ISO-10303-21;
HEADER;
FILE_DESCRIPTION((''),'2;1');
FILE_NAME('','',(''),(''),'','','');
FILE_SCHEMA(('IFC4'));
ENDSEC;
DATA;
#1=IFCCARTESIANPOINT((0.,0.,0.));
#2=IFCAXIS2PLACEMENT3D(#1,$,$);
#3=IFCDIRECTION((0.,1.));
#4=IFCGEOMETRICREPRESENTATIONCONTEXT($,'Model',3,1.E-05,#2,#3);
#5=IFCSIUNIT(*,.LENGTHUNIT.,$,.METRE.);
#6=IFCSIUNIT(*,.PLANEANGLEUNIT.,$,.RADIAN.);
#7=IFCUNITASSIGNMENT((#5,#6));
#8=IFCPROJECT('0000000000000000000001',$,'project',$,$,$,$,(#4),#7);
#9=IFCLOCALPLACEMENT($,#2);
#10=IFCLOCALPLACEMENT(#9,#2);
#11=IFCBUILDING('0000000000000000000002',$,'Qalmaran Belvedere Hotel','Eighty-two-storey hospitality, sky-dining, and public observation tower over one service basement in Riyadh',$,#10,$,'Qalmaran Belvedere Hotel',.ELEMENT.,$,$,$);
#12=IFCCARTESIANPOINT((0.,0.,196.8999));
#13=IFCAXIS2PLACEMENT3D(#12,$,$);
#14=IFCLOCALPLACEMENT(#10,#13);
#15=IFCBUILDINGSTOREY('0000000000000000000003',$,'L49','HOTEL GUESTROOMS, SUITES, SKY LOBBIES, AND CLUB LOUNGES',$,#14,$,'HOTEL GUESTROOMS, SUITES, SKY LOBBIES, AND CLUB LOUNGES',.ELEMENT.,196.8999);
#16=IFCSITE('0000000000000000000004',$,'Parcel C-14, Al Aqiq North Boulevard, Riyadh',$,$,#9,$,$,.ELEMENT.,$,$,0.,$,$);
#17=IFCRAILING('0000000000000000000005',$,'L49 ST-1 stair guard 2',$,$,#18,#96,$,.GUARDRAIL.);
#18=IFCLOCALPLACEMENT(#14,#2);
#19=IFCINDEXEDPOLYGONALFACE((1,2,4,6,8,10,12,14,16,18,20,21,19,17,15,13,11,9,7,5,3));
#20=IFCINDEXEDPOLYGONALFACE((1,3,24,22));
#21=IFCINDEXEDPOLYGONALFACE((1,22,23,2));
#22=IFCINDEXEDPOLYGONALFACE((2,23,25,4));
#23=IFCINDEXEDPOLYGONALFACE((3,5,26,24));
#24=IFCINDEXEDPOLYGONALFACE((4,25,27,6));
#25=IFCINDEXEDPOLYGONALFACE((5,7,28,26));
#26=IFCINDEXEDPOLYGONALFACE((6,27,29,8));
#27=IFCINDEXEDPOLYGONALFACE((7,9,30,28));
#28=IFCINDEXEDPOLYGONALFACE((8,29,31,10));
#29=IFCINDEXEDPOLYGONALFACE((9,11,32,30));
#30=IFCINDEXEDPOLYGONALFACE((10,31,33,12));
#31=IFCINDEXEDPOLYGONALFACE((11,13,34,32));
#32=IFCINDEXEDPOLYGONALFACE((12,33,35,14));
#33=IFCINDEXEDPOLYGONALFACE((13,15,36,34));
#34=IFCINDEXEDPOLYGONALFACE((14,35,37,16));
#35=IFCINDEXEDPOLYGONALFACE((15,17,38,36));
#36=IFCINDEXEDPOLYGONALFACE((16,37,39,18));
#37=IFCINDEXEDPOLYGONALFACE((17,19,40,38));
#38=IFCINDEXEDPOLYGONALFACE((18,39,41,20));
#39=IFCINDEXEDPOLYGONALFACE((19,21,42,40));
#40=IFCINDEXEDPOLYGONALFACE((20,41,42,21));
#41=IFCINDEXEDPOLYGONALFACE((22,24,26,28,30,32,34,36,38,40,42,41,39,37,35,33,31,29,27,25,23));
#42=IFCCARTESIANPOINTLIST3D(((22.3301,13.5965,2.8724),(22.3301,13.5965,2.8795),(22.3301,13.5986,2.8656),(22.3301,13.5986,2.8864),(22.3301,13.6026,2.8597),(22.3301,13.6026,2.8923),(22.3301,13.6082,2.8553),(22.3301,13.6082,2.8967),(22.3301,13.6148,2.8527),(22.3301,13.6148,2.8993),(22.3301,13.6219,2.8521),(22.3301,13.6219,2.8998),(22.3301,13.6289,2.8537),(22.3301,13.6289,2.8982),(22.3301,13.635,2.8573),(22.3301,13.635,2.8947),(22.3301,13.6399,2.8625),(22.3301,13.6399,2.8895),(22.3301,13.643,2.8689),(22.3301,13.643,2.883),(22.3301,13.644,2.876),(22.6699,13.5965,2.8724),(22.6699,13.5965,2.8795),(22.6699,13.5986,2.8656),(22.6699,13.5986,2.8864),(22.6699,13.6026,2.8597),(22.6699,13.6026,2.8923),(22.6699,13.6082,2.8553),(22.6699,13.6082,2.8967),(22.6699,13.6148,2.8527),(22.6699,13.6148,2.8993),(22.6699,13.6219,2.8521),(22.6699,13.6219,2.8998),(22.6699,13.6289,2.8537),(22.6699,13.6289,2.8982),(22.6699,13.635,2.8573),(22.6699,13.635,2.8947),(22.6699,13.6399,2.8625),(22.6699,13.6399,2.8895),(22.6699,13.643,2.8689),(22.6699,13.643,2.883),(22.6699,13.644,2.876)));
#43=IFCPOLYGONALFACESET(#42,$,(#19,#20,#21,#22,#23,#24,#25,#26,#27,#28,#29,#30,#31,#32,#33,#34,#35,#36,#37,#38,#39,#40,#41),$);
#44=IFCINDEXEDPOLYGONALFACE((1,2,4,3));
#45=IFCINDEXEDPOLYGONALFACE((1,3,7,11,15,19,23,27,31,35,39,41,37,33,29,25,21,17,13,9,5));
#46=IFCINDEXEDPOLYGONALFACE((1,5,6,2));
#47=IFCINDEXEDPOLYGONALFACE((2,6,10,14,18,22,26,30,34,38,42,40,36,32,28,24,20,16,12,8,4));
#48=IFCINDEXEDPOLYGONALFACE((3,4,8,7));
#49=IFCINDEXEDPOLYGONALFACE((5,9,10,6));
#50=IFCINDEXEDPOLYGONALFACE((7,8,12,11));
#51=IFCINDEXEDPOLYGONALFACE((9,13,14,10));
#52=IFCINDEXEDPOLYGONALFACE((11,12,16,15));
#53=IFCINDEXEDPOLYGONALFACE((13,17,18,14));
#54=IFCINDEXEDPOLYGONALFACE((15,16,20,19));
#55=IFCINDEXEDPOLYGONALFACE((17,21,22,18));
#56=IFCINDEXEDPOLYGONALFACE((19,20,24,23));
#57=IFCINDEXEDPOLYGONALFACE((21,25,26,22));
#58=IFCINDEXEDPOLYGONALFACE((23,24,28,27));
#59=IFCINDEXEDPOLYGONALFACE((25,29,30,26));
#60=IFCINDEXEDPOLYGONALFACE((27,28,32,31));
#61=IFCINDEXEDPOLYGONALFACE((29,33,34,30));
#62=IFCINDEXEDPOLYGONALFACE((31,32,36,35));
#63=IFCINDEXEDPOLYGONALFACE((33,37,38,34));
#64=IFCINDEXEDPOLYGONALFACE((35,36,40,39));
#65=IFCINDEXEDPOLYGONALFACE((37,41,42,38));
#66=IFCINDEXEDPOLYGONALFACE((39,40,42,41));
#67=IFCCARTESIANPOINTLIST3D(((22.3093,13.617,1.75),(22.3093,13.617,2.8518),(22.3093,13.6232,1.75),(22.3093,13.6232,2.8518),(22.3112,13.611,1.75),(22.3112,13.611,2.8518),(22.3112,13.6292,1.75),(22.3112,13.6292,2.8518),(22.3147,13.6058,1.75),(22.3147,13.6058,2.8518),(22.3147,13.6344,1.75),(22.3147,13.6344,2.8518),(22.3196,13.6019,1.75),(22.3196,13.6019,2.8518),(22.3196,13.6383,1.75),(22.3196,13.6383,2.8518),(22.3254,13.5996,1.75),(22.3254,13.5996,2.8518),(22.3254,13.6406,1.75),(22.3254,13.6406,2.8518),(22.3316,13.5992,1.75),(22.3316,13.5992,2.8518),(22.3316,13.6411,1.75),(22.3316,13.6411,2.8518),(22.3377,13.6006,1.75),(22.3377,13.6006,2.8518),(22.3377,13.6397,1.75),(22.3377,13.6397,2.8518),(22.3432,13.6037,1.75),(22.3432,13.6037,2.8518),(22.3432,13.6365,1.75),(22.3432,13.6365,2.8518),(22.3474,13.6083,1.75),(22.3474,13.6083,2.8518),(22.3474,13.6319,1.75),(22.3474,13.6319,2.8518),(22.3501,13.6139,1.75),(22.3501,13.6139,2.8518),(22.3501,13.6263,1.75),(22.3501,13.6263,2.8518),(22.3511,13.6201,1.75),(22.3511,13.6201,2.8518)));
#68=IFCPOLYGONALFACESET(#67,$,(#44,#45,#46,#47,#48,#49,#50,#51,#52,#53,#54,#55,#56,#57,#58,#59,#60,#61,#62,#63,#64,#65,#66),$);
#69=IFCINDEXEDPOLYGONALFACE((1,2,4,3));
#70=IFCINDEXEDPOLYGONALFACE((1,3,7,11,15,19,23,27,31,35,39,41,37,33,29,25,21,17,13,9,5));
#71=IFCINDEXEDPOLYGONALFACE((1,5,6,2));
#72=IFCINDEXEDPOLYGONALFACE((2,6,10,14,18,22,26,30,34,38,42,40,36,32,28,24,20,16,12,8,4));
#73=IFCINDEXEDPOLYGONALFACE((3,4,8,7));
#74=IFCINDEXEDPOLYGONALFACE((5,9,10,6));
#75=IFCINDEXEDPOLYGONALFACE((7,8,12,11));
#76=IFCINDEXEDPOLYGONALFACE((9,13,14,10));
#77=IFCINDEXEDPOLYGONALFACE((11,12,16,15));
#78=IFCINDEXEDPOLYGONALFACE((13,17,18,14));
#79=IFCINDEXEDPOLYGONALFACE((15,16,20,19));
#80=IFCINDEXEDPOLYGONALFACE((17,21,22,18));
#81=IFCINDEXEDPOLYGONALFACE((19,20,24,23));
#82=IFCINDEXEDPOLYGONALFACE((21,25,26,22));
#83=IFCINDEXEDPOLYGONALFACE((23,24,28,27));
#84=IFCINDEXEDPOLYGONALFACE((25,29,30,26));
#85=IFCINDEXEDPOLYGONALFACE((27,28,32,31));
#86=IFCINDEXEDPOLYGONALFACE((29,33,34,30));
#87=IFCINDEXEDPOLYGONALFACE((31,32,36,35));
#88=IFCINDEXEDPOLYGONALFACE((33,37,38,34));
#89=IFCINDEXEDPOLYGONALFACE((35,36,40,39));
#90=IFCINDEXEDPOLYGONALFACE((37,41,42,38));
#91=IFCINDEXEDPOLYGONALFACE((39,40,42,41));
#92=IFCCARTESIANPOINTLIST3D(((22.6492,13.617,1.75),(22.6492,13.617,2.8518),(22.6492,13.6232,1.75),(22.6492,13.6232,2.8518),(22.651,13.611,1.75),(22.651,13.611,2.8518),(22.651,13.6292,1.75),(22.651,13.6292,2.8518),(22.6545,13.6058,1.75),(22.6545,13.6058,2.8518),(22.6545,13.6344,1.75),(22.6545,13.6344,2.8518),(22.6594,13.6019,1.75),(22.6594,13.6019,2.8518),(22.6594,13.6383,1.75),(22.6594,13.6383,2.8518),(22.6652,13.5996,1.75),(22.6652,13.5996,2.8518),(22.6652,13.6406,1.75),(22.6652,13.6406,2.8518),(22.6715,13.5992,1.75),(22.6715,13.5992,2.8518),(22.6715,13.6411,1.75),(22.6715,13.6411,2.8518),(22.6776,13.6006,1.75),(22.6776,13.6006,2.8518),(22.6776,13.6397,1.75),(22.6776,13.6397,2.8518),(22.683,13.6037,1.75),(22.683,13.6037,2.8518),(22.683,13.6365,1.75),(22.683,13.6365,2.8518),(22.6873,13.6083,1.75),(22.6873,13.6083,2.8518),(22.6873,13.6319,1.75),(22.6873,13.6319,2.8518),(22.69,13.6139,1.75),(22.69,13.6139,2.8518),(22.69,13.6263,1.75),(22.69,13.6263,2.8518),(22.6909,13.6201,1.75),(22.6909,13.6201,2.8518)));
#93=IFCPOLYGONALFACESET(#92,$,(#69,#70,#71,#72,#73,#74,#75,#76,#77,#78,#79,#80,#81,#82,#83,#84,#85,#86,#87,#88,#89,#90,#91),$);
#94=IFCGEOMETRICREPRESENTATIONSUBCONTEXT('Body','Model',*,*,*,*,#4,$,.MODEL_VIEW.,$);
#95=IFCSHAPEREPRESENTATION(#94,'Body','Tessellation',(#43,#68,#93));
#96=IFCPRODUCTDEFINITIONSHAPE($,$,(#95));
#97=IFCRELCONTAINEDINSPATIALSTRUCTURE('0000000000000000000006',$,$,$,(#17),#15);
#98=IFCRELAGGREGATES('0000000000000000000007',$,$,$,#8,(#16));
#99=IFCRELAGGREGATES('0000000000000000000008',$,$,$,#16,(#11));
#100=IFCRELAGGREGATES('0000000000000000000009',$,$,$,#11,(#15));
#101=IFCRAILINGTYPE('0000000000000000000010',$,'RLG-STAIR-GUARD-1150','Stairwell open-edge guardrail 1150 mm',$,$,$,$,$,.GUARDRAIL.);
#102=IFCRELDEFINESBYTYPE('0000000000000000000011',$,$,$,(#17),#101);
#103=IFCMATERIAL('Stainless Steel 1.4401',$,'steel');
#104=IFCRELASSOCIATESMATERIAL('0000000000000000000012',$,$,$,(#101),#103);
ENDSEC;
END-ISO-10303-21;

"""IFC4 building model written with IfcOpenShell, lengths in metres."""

from ifc_helpers import new_model, si_unit, direction, frame, origin, origin_2d, place, context, subcontext, project, spatial, circle, extrude, material, type_object, element, save


model = new_model("IFC4")

# Units and contexts
model_context = context("Model", 3, precision=1e-05, world=origin(), true_north=direction((0.0, 1.0)))
body_context = subcontext(model_context, "Body", "Model", "MODEL_VIEW")
ifc_project = project(units=[si_unit("LENGTHUNIT", "METRE"), si_unit("PLANEANGLEUNIT", "RADIAN")], contexts=[model_context])

# Site, building, storey
site_placement = place(None, origin())
site = spatial("IfcSite", under=ifc_project, at=site_placement, Name="Parcel C-14, Al Aqiq North Boulevard, Riyadh", CompositionType="ELEMENT", RefElevation=0.0)
building_placement = place(site_placement, origin())
building = spatial("IfcBuilding", under=site, at=building_placement, Name="Qalmaran Belvedere Hotel", Description="Eighty-two-storey hospitality, sky-dining, and public observation tower over one service basement in Riyadh", LongName="Qalmaran Belvedere Hotel", CompositionType="ELEMENT")
storey_placement = place(building_placement, frame((0.0, 0.0, 196.8999)))
storey = spatial("IfcBuildingStorey", under=building, at=storey_placement, Name="L49", Description="HOTEL GUESTROOMS, SUITES, SKY LOBBIES, AND CLUB LOUNGES", LongName="HOTEL GUESTROOMS, SUITES, SKY LOBBIES, AND CLUB LOUNGES", CompositionType="ELEMENT", Elevation=196.8999)

# Shared definitions
ifc_material_1 = material(Name="Stainless Steel 1.4401", Category="steel")

# Railing
railing_type_1 = type_object("IfcRailingType", Name="RLG-STAIR-GUARD-1150", Description="Stairwell open-edge guardrail 1150 mm", PredefinedType="GUARDRAIL", material=ifc_material_1)
railing_1_placement = place(storey_placement, frame((22.3301, 13.6201, 1.75)))
element("IfcRailing", 1, at=railing_1_placement, inside=storey, type_object=railing_type_1, Name="L49 ST-1 stair guard 2", PredefinedType="GUARDRAIL", context=body_context, shape_type="SweptSolid", body=[
    extrude(circle(Radius=0.0239, at=origin_2d()), frame((0.0, 0.0, 1.126), z_axis=(1.0, 0.0, 0.0), x_axis=(0.0, 1.0, 0.0)), (0.0, 0.0, 1.0), 0.3398),
    extrude(circle(Radius=0.021, at=origin_2d()), origin(), (0.0, 0.0, 1.0), 1.1018),
    extrude(circle(Radius=0.021, at=origin_2d()), frame((0.3398, 0.0, 0.0)), (0.0, 0.0, 1.0), 1.1018),
])

save(model, "model.ifc")
